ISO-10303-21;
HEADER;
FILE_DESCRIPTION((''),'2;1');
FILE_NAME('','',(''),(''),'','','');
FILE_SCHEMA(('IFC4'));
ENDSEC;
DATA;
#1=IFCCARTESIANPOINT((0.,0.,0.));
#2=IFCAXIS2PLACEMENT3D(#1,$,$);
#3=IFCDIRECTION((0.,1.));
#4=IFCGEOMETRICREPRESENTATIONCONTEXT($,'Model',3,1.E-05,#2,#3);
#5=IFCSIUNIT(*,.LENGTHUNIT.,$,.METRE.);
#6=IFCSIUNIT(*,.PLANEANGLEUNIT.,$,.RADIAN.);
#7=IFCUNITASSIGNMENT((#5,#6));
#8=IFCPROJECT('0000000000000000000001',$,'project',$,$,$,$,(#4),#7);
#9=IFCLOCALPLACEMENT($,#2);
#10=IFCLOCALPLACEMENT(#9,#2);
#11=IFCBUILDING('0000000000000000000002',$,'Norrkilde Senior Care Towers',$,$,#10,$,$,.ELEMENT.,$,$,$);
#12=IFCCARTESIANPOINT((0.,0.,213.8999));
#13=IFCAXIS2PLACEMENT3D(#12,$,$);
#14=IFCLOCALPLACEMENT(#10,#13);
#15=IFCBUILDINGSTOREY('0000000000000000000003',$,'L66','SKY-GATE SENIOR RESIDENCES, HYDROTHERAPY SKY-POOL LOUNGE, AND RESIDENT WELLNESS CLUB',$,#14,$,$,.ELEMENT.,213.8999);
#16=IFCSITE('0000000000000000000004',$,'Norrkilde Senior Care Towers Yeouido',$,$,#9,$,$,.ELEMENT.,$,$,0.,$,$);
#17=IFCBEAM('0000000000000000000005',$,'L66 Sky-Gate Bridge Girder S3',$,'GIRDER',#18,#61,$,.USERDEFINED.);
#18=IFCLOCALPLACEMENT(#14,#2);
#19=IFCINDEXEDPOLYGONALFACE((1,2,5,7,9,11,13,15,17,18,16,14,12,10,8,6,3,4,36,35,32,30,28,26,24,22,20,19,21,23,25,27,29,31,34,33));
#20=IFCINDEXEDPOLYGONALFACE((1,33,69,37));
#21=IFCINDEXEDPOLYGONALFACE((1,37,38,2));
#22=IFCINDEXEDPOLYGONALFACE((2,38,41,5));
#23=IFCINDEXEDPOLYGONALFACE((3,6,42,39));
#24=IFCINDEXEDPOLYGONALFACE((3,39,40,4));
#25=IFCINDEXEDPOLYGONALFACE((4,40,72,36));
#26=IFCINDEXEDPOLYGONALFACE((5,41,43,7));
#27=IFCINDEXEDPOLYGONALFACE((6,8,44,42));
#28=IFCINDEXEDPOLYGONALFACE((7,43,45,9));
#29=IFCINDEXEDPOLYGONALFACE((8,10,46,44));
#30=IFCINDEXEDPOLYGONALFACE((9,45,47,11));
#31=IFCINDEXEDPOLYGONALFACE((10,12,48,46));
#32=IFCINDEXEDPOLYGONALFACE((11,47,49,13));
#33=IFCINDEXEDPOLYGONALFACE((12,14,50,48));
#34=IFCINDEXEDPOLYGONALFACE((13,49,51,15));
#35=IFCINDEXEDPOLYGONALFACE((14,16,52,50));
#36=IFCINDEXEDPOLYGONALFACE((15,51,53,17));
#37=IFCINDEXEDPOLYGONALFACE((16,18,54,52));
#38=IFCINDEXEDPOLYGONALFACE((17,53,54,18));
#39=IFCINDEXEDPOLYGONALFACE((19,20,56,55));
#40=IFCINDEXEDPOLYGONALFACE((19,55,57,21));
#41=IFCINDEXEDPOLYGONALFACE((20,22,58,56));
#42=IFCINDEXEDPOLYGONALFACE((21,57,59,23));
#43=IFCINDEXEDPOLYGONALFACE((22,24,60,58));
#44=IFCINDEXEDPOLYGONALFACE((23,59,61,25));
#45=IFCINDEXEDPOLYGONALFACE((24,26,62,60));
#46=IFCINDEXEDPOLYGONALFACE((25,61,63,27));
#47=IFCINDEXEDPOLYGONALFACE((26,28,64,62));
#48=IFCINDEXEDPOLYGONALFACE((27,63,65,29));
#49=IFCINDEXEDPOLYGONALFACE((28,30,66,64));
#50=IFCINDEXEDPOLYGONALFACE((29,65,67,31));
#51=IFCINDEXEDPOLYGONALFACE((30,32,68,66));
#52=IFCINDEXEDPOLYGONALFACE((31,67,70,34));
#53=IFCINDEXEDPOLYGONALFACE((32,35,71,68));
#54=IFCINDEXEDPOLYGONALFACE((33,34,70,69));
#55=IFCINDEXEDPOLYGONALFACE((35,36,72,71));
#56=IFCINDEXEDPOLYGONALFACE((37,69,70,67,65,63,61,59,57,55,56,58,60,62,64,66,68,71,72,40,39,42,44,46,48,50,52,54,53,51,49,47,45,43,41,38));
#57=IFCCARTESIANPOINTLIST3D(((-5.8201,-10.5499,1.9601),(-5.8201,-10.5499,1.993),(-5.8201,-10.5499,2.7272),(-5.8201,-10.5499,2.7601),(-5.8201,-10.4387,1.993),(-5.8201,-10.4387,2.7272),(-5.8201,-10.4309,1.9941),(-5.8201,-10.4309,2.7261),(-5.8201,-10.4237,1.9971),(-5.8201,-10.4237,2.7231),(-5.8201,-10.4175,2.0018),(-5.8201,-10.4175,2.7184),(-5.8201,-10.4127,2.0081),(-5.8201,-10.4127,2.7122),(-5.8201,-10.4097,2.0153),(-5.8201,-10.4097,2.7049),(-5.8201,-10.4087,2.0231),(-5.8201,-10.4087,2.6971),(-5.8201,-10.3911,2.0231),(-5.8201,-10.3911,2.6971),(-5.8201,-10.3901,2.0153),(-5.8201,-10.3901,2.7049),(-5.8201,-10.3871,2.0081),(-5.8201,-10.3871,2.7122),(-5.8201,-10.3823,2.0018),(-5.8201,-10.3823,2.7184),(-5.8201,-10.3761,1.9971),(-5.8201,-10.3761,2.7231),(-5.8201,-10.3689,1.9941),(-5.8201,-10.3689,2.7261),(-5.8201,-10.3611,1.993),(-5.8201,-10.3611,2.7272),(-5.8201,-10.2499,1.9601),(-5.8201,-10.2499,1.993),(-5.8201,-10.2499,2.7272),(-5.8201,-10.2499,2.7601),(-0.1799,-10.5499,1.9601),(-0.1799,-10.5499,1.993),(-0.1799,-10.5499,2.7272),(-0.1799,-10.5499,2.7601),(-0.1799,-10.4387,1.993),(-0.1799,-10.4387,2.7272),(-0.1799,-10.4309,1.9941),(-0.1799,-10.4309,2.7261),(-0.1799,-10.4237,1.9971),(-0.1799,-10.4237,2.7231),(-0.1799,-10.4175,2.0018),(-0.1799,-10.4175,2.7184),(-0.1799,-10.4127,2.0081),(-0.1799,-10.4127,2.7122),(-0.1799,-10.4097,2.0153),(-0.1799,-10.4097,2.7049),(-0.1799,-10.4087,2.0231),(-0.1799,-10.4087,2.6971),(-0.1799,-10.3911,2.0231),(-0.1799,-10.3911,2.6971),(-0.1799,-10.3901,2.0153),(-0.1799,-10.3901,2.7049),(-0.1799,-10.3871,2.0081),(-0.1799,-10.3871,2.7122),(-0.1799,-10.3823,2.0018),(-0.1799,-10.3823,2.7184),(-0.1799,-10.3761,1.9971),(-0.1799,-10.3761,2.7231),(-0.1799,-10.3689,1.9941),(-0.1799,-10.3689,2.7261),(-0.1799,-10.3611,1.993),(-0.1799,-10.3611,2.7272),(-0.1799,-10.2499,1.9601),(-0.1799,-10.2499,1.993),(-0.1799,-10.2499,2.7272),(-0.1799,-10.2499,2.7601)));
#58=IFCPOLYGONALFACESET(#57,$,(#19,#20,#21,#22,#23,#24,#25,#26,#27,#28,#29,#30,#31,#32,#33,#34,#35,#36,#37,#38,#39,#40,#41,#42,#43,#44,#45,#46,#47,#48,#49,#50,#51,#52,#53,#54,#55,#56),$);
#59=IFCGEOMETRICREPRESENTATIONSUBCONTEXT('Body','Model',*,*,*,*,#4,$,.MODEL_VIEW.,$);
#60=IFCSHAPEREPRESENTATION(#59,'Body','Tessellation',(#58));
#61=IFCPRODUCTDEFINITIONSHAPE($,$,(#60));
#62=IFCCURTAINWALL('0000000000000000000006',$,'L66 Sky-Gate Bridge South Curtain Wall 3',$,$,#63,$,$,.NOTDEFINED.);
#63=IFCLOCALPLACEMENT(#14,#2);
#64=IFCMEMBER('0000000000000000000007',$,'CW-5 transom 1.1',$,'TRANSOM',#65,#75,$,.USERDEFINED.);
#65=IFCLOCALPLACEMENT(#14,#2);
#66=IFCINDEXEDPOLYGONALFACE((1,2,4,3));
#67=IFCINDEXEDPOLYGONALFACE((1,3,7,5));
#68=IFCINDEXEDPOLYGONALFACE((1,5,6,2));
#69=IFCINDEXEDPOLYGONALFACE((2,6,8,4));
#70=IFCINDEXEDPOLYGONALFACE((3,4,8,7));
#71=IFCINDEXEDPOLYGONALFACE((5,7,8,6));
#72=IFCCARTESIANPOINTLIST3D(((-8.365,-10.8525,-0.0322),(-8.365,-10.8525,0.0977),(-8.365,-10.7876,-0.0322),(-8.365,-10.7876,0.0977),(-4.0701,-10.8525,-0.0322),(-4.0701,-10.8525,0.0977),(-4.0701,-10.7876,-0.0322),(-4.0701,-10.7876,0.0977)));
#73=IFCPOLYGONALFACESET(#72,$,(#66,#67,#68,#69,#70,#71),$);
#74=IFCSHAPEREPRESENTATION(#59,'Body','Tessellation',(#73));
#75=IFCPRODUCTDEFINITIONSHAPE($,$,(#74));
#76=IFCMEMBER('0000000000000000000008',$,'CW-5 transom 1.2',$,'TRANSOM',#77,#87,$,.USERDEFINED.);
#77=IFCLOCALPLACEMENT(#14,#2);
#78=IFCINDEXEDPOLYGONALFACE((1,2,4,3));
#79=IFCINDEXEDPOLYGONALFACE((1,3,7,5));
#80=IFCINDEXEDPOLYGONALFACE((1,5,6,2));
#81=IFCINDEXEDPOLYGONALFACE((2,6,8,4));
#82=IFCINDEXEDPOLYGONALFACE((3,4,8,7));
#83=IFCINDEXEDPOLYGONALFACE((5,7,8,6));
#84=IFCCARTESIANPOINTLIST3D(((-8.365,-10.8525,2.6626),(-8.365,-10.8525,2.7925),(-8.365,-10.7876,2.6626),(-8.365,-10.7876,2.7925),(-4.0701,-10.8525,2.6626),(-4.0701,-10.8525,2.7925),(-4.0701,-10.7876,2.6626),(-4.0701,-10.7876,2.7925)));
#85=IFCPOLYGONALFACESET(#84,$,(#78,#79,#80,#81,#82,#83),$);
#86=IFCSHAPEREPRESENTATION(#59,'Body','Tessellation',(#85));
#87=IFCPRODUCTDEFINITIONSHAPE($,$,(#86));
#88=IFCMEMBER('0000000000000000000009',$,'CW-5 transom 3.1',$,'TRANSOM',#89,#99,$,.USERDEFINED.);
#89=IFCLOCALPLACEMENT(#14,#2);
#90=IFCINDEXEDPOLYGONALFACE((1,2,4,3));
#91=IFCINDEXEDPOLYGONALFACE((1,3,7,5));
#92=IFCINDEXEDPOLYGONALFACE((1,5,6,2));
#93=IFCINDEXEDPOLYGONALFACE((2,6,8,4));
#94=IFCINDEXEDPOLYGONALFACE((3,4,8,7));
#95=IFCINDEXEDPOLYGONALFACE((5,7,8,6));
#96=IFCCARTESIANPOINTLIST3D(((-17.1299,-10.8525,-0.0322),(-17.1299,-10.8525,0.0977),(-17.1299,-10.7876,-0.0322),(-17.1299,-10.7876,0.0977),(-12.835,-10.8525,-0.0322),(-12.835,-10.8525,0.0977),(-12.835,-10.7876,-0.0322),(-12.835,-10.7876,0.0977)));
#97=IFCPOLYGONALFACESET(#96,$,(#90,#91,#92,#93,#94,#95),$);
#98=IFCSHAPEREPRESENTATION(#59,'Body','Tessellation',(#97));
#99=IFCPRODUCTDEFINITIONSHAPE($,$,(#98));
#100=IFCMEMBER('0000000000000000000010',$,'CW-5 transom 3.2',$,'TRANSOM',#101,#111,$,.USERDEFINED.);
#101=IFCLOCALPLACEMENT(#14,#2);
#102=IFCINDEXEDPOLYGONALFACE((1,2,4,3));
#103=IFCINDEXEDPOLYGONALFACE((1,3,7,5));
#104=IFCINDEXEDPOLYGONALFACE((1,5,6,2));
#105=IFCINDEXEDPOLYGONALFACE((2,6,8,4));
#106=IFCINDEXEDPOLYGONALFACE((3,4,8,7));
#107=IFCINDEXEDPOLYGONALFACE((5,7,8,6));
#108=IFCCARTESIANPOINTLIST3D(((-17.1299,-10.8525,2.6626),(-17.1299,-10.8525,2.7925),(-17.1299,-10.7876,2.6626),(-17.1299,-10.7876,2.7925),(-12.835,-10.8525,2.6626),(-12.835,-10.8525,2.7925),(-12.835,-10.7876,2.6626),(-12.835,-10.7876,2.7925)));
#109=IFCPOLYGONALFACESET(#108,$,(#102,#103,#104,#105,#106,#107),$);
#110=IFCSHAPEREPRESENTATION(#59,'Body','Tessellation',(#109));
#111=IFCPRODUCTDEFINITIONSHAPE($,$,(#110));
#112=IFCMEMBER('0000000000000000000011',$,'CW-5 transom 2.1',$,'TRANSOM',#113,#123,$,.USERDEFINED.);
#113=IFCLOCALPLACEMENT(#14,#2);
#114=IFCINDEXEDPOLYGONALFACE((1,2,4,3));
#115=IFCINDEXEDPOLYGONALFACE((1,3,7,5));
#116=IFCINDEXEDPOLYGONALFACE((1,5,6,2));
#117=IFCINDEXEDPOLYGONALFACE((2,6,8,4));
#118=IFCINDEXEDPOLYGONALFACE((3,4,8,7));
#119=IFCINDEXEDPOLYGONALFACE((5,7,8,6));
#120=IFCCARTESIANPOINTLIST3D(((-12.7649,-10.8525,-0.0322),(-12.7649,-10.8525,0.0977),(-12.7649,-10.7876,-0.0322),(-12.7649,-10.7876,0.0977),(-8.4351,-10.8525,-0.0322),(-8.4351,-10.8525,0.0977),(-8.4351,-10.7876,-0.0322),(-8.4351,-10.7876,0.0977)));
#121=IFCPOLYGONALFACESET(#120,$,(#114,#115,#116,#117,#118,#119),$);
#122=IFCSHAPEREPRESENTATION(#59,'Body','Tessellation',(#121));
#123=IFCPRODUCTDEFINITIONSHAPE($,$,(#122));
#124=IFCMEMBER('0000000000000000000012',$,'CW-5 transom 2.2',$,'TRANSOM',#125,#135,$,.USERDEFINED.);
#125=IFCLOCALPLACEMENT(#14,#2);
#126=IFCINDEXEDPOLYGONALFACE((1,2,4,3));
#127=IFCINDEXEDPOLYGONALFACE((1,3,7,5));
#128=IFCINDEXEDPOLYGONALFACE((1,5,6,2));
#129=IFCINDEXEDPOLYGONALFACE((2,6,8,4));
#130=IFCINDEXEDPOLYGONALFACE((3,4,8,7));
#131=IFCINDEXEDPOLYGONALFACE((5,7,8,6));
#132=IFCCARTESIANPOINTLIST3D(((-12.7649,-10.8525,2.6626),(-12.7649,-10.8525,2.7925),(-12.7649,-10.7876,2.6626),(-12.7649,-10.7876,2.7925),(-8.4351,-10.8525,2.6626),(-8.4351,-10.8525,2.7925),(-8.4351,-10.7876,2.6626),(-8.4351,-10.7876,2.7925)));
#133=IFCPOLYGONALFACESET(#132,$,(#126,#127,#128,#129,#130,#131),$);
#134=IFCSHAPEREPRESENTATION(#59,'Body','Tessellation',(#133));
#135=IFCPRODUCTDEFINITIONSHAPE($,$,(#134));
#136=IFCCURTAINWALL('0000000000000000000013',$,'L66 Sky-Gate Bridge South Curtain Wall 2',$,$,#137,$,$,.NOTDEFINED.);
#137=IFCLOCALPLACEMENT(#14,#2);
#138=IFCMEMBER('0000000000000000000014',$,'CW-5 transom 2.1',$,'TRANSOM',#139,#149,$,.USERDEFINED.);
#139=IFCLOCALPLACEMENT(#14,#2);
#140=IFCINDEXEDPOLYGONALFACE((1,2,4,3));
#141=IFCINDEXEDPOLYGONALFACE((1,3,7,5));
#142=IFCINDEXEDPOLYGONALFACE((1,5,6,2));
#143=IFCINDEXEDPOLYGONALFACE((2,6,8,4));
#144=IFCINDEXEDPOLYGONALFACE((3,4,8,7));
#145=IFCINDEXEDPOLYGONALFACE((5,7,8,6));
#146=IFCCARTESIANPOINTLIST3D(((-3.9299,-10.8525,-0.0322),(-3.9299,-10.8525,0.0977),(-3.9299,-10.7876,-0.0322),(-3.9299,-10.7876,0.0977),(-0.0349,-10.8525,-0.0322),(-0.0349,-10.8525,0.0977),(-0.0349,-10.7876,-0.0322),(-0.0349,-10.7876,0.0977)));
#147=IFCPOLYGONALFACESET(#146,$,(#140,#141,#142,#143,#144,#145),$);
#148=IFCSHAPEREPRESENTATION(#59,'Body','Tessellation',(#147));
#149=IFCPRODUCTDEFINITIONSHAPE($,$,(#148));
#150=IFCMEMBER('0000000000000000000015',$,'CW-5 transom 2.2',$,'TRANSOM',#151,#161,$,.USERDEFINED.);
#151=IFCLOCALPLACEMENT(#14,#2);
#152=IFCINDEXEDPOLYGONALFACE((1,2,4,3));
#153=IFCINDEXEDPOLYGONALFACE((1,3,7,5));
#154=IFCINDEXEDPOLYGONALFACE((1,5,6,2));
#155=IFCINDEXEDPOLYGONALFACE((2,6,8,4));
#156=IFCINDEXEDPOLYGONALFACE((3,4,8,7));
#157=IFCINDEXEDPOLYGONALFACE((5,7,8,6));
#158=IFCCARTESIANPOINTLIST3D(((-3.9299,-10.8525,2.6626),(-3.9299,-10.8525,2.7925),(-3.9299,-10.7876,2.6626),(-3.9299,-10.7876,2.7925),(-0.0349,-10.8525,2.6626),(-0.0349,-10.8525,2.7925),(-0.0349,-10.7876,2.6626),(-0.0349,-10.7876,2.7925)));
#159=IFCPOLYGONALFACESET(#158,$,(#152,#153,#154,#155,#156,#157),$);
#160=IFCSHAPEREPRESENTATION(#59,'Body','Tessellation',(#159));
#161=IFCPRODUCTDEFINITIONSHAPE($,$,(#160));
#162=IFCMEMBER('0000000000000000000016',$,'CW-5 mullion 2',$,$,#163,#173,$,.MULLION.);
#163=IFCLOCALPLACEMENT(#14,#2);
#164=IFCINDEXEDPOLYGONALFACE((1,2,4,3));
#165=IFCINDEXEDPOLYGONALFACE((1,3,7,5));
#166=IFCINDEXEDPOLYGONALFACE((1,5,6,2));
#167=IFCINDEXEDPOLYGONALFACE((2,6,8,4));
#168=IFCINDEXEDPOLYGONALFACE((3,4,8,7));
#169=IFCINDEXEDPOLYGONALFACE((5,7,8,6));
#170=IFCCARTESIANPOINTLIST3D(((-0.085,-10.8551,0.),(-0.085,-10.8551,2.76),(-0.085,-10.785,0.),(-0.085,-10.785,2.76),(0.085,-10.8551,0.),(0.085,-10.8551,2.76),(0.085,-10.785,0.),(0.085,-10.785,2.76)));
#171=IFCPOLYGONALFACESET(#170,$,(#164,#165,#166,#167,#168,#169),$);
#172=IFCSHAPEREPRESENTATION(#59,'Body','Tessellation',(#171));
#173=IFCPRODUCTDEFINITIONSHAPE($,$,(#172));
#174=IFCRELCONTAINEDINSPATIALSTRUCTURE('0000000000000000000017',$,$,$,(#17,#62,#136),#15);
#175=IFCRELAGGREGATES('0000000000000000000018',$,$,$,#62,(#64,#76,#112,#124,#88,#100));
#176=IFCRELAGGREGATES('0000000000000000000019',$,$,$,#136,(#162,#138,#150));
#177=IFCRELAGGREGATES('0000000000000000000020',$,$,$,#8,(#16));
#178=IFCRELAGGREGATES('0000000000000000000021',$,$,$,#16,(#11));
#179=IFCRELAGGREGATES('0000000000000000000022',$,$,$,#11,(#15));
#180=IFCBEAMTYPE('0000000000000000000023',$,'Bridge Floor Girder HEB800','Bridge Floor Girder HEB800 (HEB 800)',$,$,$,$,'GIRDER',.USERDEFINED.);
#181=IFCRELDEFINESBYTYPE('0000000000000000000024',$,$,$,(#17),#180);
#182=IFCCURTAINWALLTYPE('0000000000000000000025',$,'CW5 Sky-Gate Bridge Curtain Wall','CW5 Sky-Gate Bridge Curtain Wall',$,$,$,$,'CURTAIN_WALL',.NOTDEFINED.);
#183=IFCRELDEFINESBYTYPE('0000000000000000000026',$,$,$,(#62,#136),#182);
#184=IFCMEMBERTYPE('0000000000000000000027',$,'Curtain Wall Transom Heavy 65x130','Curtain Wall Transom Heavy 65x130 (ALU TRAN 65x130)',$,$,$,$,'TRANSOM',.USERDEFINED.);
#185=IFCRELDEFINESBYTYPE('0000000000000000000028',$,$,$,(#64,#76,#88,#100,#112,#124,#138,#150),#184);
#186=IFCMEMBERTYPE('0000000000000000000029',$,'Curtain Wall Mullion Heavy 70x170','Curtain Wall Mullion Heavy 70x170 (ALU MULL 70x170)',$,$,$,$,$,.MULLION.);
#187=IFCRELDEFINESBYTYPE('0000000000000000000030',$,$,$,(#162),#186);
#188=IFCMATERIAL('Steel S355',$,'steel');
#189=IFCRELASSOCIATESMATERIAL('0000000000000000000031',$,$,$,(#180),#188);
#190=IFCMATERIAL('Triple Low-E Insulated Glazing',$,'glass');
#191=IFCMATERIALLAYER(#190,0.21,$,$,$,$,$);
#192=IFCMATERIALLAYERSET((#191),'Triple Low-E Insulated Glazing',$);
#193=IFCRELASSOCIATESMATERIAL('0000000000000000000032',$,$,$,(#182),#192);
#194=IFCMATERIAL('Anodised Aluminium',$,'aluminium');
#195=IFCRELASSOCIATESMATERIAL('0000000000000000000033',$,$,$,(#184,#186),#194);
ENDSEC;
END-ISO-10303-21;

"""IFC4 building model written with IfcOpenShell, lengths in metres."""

from ifc_helpers import new_model, si_unit, direction, frame, origin, origin_2d, place, context, subcontext, project, spatial, rectangle, i_section, extrude, source, transform, mapped, material, layer, layer_set, material_profile, profile_set, type_object, type_shapes, element, aggregate, save


model = new_model("IFC4")

# Units and contexts
model_context = context("Model", 3, precision=1e-05, world=origin(), true_north=direction((0.0, 1.0)))
body_context = subcontext(model_context, "Body", "Model", "MODEL_VIEW")
ifc_project = project(units=[si_unit("LENGTHUNIT", "METRE"), si_unit("PLANEANGLEUNIT", "RADIAN")], contexts=[model_context])

# Site, building, storey
site_placement = place(None, origin())
site = spatial("IfcSite", under=ifc_project, at=site_placement, Name="Norrkilde Senior Care Towers Yeouido", CompositionType="ELEMENT", RefElevation=0.0)
building_placement = place(site_placement, origin())
building = spatial("IfcBuilding", under=site, at=building_placement, Name="Norrkilde Senior Care Towers", CompositionType="ELEMENT")
storey_placement = place(building_placement, frame((0.0, 0.0, 213.8999)))
storey = spatial("IfcBuildingStorey", under=building, at=storey_placement, Name="L66", Description="SKY-GATE SENIOR RESIDENCES, HYDROTHERAPY SKY-POOL LOUNGE, AND RESIDENT WELLNESS CLUB", CompositionType="ELEMENT", Elevation=213.8999)

# Shared definitions
ifc_material_1 = material(Name="Steel S355", Category="steel")

# Beam
ifc_material_profile_1 = material_profile(ifc_material_1, i_section(OverallWidth=0.3, OverallDepth=0.8, WebThickness=0.0176, FlangeThickness=0.033, FilletRadius=0.03, at=origin_2d()), Name="HEB 800")
ifc_profile_set_1 = profile_set([ifc_material_profile_1], Name="Steel S355")
beam_type_1 = type_object("IfcBeamType", Name="Bridge Floor Girder HEB800", Description="Bridge Floor Girder HEB800 (HEB 800)", ElementType="GIRDER", PredefinedType="USERDEFINED", material=ifc_profile_set_1)
shared_shape_1 = source(origin(), body_context, "Body", "SweptSolid", [
    extrude(i_section(OverallWidth=0.3, OverallDepth=0.8, WebThickness=0.0176, FlangeThickness=0.033, FilletRadius=0.03, at=origin_2d()), origin(), (0.0, 0.0, 1.0), 5.6401),
])
type_shapes(beam_type_1, [shared_shape_1])
for number, where, z_axis, x_axis, name in (
    (1, (-5.8201, -10.3999, 2.3601), (1.0, 0.0, 0.0), (0.0, 1.0, 0.0), "L66 Sky-Gate Bridge Girder S3"),
):
    element("IfcBeam", number, at=place(storey_placement, frame(where, z_axis=z_axis, x_axis=x_axis)), inside=storey, type_object=beam_type_1, Name=name, ObjectType="GIRDER", PredefinedType="USERDEFINED", context=body_context, shape_type="MappedRepresentation", body=[
        mapped(shared_shape_1, transform((0.0, 0.0, 0.0), x_axis=(1.0, 0.0, 0.0), y_axis=(0.0, 1.0, 0.0), z_axis=(0.0, 0.0, 1.0), scale=1.0)),
    ])

# Curtain walls, members
ifc_material_2 = material(Name="Triple Low-E Insulated Glazing", Category="glass")
ifc_layer_1 = layer(ifc_material_2, 0.21)
ifc_layer_set_1 = layer_set([ifc_layer_1], Name="Triple Low-E Insulated Glazing")
curtain_wall_type = type_object("IfcCurtainWallType", Name="CW5 Sky-Gate Bridge Curtain Wall", Description="CW5 Sky-Gate Bridge Curtain Wall", ElementType="CURTAIN_WALL", PredefinedType="NOTDEFINED", material=ifc_layer_set_1)
curtain_wall_1_placement = place(storey_placement, origin())
curtain_wall_1 = element("IfcCurtainWall", 2, at=curtain_wall_1_placement, inside=storey, type_object=curtain_wall_type, Name="L66 Sky-Gate Bridge South Curtain Wall 3", PredefinedType="NOTDEFINED")
ifc_material_3 = material(Name="Anodised Aluminium", Category="aluminium")
ifc_material_profile_2 = material_profile(ifc_material_3, rectangle(XDim=0.0649, YDim=0.1299, at=origin_2d()), Name="ALU TRAN 65x130")
ifc_profile_set_2 = profile_set([ifc_material_profile_2], Name="Anodised Aluminium")
member_type_1 = type_object("IfcMemberType", Name="Curtain Wall Transom Heavy 65x130", Description="Curtain Wall Transom Heavy 65x130 (ALU TRAN 65x130)", ElementType="TRANSOM", PredefinedType="USERDEFINED", material=ifc_profile_set_2)
shared_shape_2 = source(origin(), body_context, "Body", "SweptSolid", [
    extrude(rectangle(XDim=0.0649, YDim=0.1299, at=origin_2d()), origin(), (0.0, 0.0, 1.0), 4.2949),
])
member_1_placement = place(storey_placement, frame((-4.0701, -10.8201, 0.0327), z_axis=(-1.0, 0.0, 0.0), x_axis=(0.0, -1.0, 0.0)))
member_1 = element("IfcMember", 3, at=member_1_placement, type_object=member_type_1, Name="CW-5 transom 1.1", ObjectType="TRANSOM", PredefinedType="USERDEFINED", context=body_context, shape_type="MappedRepresentation", body=[
    mapped(shared_shape_2, transform((0.0, 0.0, 0.0), x_axis=(1.0, 0.0, 0.0), y_axis=(0.0, 1.0, 0.0), z_axis=(0.0, 0.0, 1.0), scale=1.0)),
])
member_2_placement = place(storey_placement, frame((-4.0701, -10.8201, 2.7275), z_axis=(-1.0, 0.0, 0.0), x_axis=(0.0, -1.0, 0.0)))
member_2 = element("IfcMember", 4, at=member_2_placement, type_object=member_type_1, Name="CW-5 transom 1.2", ObjectType="TRANSOM", PredefinedType="USERDEFINED", context=body_context, shape_type="MappedRepresentation", body=[
    mapped(shared_shape_2, transform((0.0, 0.0, 0.0), x_axis=(1.0, 0.0, 0.0), y_axis=(0.0, 1.0, 0.0), z_axis=(0.0, 0.0, 1.0), scale=1.0)),
])
member_3_placement = place(storey_placement, frame((-12.835, -10.8201, 0.0327), z_axis=(-1.0, 0.0, 0.0), x_axis=(0.0, -1.0, 0.0)))
member_3 = element("IfcMember", 5, at=member_3_placement, type_object=member_type_1, Name="CW-5 transom 3.1", ObjectType="TRANSOM", PredefinedType="USERDEFINED", context=body_context, shape_type="MappedRepresentation", body=[
    mapped(shared_shape_2, transform((0.0, 0.0, 0.0), x_axis=(1.0, 0.0, 0.0), y_axis=(0.0, 1.0, 0.0), z_axis=(0.0, 0.0, 1.0), scale=1.0)),
])
member_4_placement = place(storey_placement, frame((-12.835, -10.8201, 2.7275), z_axis=(-1.0, 0.0, 0.0), x_axis=(0.0, -1.0, 0.0)))
member_4 = element("IfcMember", 6, at=member_4_placement, type_object=member_type_1, Name="CW-5 transom 3.2", ObjectType="TRANSOM", PredefinedType="USERDEFINED", context=body_context, shape_type="MappedRepresentation", body=[
    mapped(shared_shape_2, transform((0.0, 0.0, 0.0), x_axis=(1.0, 0.0, 0.0), y_axis=(0.0, 1.0, 0.0), z_axis=(0.0, 0.0, 1.0), scale=1.0)),
])
shared_shape_3 = source(origin(), body_context, "Body", "SweptSolid", [
    extrude(rectangle(XDim=0.0649, YDim=0.1299, at=origin_2d()), origin(), (0.0, 0.0, 1.0), 4.3298),
])
member_5_placement = place(storey_placement, frame((-8.4351, -10.8201, 0.0327), z_axis=(-1.0, 0.0, 0.0), x_axis=(0.0, -1.0, 0.0)))
member_5 = element("IfcMember", 7, at=member_5_placement, type_object=member_type_1, Name="CW-5 transom 2.1", ObjectType="TRANSOM", PredefinedType="USERDEFINED", context=body_context, shape_type="MappedRepresentation", body=[
    mapped(shared_shape_3, transform((0.0, 0.0, 0.0), x_axis=(1.0, 0.0, 0.0), y_axis=(0.0, 1.0, 0.0), z_axis=(0.0, 0.0, 1.0), scale=1.0)),
])
member_6_placement = place(storey_placement, frame((-8.4351, -10.8201, 2.7275), z_axis=(-1.0, 0.0, 0.0), x_axis=(0.0, -1.0, 0.0)))
member_6 = element("IfcMember", 8, at=member_6_placement, type_object=member_type_1, Name="CW-5 transom 2.2", ObjectType="TRANSOM", PredefinedType="USERDEFINED", context=body_context, shape_type="MappedRepresentation", body=[
    mapped(shared_shape_3, transform((0.0, 0.0, 0.0), x_axis=(1.0, 0.0, 0.0), y_axis=(0.0, 1.0, 0.0), z_axis=(0.0, 0.0, 1.0), scale=1.0)),
])
curtain_wall_2_placement = place(storey_placement, origin())
curtain_wall_2 = element("IfcCurtainWall", 9, at=curtain_wall_2_placement, inside=storey, type_object=curtain_wall_type, Name="L66 Sky-Gate Bridge South Curtain Wall 2", PredefinedType="NOTDEFINED")
shared_shape_4 = source(origin(), body_context, "Body", "SweptSolid", [
    extrude(rectangle(XDim=0.0649, YDim=0.1299, at=origin_2d()), origin(), (0.0, 0.0, 1.0), 3.895),
])
type_shapes(member_type_1, [shared_shape_2, shared_shape_3, shared_shape_4])
member_7_placement = place(storey_placement, frame((-0.0349, -10.8201, 0.0327), z_axis=(-1.0, 0.0, 0.0), x_axis=(0.0, -1.0, 0.0)))
member_7 = element("IfcMember", 10, at=member_7_placement, type_object=member_type_1, Name="CW-5 transom 2.1", ObjectType="TRANSOM", PredefinedType="USERDEFINED", context=body_context, shape_type="MappedRepresentation", body=[
    mapped(shared_shape_4, transform((0.0, 0.0, 0.0), x_axis=(1.0, 0.0, 0.0), y_axis=(0.0, 1.0, 0.0), z_axis=(0.0, 0.0, 1.0), scale=1.0)),
])
member_8_placement = place(storey_placement, frame((-0.0349, -10.8201, 2.7275), z_axis=(-1.0, 0.0, 0.0), x_axis=(0.0, -1.0, 0.0)))
member_8 = element("IfcMember", 11, at=member_8_placement, type_object=member_type_1, Name="CW-5 transom 2.2", ObjectType="TRANSOM", PredefinedType="USERDEFINED", context=body_context, shape_type="MappedRepresentation", body=[
    mapped(shared_shape_4, transform((0.0, 0.0, 0.0), x_axis=(1.0, 0.0, 0.0), y_axis=(0.0, 1.0, 0.0), z_axis=(0.0, 0.0, 1.0), scale=1.0)),
])
ifc_material_profile_3 = material_profile(ifc_material_3, rectangle(XDim=0.0701, YDim=0.1699, at=origin_2d()), Name="ALU MULL 70x170")
ifc_profile_set_3 = profile_set([ifc_material_profile_3], Name="Anodised Aluminium")
member_type_2 = type_object("IfcMemberType", Name="Curtain Wall Mullion Heavy 70x170", Description="Curtain Wall Mullion Heavy 70x170 (ALU MULL 70x170)", PredefinedType="MULLION", material=ifc_profile_set_3)
shared_shape_5 = source(origin(), body_context, "Body", "SweptSolid", [
    extrude(rectangle(XDim=0.0701, YDim=0.1699, at=origin_2d()), origin(), (0.0, 0.0, 1.0), 2.76),
])
type_shapes(member_type_2, [shared_shape_5])
member_9_placement = place(storey_placement, frame((0.0, -10.8201, 0.0), z_axis=(0.0, 0.0, 1.0), x_axis=(0.0, -1.0, 0.0)))
member_9 = element("IfcMember", 12, at=member_9_placement, type_object=member_type_2, Name="CW-5 mullion 2", PredefinedType="MULLION", context=body_context, shape_type="MappedRepresentation", body=[
    mapped(shared_shape_5, transform((0.0, 0.0, 0.0), x_axis=(1.0, 0.0, 0.0), y_axis=(0.0, 1.0, 0.0), z_axis=(0.0, 0.0, 1.0), scale=1.0)),
])

aggregate(curtain_wall_1, [member_1, member_2, member_5, member_6, member_3, member_4])
aggregate(curtain_wall_2, [member_9, member_7, member_8])

save(model, "model.ifc")
